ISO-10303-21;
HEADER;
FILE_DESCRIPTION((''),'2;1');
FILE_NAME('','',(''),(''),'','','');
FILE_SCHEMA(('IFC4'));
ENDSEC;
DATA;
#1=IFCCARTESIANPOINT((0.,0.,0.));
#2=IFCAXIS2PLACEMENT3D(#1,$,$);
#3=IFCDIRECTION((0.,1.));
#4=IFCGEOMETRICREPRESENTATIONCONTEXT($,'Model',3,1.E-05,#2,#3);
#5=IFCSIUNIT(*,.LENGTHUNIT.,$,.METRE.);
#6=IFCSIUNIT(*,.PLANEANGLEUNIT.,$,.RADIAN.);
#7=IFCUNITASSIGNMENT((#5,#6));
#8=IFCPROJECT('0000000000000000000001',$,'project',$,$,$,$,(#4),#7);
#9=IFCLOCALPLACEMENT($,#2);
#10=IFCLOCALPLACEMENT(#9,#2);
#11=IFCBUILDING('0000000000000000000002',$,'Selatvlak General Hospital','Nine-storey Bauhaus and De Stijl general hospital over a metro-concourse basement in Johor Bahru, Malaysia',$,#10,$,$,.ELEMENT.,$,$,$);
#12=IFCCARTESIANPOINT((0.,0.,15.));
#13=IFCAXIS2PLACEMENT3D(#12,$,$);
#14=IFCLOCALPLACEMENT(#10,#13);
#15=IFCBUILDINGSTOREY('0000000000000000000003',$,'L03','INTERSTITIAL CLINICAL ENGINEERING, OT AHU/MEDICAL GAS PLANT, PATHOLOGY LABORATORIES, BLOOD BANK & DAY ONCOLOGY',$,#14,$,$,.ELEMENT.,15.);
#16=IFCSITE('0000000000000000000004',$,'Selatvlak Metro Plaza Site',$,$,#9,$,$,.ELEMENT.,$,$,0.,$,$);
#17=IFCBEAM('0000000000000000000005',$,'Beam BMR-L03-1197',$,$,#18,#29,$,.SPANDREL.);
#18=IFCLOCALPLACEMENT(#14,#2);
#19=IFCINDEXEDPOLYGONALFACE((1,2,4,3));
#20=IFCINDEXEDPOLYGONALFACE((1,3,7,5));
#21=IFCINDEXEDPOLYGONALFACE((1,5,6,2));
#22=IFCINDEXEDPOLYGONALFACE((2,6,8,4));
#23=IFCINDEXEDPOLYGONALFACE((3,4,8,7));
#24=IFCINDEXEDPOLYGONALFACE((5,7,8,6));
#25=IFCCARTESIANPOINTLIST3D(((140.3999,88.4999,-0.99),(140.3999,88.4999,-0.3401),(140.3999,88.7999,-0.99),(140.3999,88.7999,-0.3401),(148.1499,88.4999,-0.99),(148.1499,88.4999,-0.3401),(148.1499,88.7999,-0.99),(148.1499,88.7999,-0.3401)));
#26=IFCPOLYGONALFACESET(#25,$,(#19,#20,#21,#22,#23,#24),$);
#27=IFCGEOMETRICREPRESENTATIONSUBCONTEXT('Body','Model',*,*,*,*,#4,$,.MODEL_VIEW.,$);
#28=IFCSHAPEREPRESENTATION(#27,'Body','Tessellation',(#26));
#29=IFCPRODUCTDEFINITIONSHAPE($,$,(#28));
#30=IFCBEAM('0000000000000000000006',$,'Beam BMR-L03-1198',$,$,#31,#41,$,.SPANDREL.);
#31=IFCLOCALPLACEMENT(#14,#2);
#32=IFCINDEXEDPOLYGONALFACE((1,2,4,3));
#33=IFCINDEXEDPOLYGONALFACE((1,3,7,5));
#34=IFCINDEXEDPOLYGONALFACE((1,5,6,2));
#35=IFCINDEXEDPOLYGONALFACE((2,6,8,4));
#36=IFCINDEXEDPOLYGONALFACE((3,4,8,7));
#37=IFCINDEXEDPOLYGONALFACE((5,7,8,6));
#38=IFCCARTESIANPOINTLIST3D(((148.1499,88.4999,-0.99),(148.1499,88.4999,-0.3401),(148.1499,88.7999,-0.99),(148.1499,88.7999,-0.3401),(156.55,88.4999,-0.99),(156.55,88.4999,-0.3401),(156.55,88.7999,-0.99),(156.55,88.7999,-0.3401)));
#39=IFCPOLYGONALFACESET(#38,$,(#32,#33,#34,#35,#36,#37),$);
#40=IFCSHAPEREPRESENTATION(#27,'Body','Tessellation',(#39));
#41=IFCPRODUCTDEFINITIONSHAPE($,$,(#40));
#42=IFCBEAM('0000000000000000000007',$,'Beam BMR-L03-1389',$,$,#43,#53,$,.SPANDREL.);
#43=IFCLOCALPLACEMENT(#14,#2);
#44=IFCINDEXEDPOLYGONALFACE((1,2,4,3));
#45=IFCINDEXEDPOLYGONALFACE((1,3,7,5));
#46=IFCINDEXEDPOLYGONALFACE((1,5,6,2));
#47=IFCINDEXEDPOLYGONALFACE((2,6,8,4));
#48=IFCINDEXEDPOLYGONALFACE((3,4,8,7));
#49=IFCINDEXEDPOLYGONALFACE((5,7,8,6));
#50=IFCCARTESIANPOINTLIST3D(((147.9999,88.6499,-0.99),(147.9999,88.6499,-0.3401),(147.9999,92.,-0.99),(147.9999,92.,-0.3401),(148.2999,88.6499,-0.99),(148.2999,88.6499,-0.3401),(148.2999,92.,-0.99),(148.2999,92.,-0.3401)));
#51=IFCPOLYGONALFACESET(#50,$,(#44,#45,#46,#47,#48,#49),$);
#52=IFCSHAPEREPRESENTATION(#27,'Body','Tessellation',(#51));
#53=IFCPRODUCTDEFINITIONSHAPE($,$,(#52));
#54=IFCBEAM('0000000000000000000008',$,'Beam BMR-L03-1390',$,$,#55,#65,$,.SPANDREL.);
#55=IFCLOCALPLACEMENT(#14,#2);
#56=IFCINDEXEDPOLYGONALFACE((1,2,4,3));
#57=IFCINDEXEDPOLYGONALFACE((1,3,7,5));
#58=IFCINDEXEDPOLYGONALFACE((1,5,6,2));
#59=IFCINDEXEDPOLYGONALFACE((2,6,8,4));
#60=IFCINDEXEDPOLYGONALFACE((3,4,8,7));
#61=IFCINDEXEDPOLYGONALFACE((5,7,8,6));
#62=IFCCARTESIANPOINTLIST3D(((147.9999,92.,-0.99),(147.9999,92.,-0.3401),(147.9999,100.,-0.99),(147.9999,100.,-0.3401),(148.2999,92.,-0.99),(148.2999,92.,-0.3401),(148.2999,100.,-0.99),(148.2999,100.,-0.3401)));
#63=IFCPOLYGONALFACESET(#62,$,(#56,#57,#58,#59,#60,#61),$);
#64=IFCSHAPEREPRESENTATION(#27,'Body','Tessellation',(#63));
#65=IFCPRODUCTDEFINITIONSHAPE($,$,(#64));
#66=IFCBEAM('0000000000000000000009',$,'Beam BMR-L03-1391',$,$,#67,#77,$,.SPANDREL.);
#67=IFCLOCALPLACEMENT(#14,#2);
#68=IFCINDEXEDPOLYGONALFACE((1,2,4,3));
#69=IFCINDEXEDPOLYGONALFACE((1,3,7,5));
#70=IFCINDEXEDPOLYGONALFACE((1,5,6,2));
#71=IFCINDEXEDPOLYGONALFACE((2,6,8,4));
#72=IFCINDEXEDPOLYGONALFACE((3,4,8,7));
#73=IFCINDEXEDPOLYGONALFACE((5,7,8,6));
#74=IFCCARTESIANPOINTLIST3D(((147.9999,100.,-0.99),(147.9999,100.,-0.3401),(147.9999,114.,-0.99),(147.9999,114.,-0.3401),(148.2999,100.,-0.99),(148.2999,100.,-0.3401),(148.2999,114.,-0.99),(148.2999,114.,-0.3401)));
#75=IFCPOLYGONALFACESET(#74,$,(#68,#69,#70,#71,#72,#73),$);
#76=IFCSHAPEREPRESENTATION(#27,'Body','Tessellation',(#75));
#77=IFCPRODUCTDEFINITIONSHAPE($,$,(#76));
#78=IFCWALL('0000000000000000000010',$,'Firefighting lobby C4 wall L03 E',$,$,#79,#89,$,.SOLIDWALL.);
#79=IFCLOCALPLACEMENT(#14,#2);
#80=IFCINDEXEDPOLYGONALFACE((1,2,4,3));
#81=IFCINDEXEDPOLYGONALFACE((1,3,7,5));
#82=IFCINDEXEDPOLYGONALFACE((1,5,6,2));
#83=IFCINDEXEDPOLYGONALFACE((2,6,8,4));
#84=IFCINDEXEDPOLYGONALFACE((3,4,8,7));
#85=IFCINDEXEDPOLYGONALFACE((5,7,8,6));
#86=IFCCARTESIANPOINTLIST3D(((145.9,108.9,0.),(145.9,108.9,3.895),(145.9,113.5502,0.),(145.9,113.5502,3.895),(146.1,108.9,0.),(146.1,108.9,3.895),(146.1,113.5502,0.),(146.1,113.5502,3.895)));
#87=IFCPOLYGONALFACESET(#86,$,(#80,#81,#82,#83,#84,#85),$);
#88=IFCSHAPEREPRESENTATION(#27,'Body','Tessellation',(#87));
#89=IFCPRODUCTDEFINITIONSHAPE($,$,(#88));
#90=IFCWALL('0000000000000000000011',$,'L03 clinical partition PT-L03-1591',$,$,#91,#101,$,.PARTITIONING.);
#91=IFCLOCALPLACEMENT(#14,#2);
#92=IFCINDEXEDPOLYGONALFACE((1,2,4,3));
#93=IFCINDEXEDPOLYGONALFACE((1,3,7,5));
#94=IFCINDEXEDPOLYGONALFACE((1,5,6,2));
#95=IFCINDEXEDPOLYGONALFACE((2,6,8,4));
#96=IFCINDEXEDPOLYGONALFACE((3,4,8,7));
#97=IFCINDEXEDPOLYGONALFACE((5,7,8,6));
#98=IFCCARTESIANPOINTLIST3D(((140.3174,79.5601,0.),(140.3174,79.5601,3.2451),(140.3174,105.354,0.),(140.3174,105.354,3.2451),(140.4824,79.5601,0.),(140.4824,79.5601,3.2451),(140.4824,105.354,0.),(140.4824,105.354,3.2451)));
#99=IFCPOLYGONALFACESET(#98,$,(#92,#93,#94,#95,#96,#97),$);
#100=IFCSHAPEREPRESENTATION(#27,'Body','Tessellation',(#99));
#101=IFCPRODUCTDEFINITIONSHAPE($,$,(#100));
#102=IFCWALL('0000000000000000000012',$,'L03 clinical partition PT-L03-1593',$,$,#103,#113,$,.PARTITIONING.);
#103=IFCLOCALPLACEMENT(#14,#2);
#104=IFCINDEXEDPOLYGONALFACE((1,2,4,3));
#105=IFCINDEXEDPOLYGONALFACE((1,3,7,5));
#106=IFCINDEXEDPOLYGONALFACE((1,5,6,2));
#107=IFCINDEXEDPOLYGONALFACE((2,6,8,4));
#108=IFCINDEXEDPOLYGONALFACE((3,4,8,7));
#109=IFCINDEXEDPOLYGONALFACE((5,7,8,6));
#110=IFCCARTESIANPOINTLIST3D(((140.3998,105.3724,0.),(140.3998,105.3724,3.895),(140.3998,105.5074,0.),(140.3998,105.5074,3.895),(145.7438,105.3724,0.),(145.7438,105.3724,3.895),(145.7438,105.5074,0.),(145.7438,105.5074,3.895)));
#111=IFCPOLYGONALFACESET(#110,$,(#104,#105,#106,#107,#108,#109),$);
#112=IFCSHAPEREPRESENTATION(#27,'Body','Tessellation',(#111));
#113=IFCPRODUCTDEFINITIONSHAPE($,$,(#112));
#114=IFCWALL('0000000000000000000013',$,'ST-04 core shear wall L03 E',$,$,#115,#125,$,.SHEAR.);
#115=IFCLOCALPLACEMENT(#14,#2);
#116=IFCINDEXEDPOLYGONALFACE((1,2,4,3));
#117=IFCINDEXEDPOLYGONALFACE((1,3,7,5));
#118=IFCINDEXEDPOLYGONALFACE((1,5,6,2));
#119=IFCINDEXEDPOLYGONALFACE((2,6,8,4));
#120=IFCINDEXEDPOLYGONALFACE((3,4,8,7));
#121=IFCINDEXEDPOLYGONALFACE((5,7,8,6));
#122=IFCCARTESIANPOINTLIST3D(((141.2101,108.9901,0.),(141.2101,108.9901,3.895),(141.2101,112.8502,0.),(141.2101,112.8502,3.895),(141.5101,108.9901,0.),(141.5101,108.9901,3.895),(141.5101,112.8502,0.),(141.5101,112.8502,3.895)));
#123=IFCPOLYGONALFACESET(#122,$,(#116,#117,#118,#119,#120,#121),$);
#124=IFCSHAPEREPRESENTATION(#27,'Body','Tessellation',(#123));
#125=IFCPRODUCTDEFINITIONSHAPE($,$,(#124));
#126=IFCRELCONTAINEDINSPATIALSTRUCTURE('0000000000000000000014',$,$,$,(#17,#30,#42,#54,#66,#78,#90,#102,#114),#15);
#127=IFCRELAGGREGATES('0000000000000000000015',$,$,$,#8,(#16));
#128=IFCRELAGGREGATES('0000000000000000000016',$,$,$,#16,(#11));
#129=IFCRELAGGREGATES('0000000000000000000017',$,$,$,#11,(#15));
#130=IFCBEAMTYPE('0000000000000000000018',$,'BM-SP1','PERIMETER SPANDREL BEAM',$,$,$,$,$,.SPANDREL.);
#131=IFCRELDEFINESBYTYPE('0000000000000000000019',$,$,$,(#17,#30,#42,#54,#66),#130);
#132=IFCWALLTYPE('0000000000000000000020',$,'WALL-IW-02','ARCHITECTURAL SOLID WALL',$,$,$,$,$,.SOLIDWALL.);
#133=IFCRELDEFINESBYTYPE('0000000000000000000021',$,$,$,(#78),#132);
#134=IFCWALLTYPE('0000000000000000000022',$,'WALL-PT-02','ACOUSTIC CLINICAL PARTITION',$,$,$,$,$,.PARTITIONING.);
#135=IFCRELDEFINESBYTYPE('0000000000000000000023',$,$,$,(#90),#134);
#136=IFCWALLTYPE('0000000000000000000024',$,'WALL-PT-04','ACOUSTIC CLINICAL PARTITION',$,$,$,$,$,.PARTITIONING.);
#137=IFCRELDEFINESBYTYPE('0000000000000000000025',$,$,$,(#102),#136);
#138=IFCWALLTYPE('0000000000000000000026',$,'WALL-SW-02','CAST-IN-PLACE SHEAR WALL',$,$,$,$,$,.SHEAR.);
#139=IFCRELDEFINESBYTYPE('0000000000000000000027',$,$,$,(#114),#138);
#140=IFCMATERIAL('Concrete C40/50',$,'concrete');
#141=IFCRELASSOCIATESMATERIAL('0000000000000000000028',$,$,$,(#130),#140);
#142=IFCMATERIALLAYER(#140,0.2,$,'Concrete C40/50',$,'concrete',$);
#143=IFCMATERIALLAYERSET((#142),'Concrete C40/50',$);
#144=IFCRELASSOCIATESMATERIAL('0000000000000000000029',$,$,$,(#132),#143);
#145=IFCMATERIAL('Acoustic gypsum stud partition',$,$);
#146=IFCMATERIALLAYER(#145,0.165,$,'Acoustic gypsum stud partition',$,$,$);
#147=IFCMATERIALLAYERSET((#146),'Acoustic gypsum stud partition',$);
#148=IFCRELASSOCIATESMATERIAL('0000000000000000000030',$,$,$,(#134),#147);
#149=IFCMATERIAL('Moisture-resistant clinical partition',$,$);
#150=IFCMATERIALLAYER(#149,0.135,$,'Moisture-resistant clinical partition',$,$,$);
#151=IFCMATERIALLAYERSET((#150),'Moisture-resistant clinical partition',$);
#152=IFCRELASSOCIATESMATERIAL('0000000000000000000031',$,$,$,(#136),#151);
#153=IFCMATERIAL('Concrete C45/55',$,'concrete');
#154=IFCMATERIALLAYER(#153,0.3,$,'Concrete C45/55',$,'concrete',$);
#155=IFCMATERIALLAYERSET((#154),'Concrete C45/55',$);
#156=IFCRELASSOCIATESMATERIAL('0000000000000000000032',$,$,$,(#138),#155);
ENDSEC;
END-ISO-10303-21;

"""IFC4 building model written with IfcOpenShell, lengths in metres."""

from ifc_helpers import new_model, si_unit, direction, frame, frame_2d, origin, origin_2d, place, context, subcontext, project, spatial, rectangle, extrude, material, layer, layer_set, material_profile, profile_set, type_object, element, save


model = new_model("IFC4")

# Units and contexts
model_context = context("Model", 3, precision=1e-05, world=origin(), true_north=direction((0.0, 1.0)))
body_context = subcontext(model_context, "Body", "Model", "MODEL_VIEW")
ifc_project = project(units=[si_unit("LENGTHUNIT", "METRE"), si_unit("PLANEANGLEUNIT", "RADIAN")], contexts=[model_context])

# Site, building, storey
site_placement = place(None, origin())
site = spatial("IfcSite", under=ifc_project, at=site_placement, Name="Selatvlak Metro Plaza Site", CompositionType="ELEMENT", RefElevation=0.0)
building_placement = place(site_placement, origin())
building = spatial("IfcBuilding", under=site, at=building_placement, Name="Selatvlak General Hospital", Description="Nine-storey Bauhaus and De Stijl general hospital over a metro-concourse basement in Johor Bahru, Malaysia", CompositionType="ELEMENT")
storey_placement = place(building_placement, frame((0.0, 0.0, 15.0)))
storey = spatial("IfcBuildingStorey", under=building, at=storey_placement, Name="L03", Description="INTERSTITIAL CLINICAL ENGINEERING, OT AHU/MEDICAL GAS PLANT, PATHOLOGY LABORATORIES, BLOOD BANK & DAY ONCOLOGY", CompositionType="ELEMENT", Elevation=15.0)

# Beams
ifc_material_1 = material(Name="Concrete C40/50", Category="concrete")
ifc_material_profile_1 = material_profile(ifc_material_1, rectangle(XDim=0.3, YDim=0.6499, at=origin_2d()), Name="RC-SP 300x650")
ifc_profile_set_1 = profile_set([ifc_material_profile_1], Name="Concrete C40/50")
beam_type_1 = type_object("IfcBeamType", Name="BM-SP1", Description="PERIMETER SPANDREL BEAM", PredefinedType="SPANDREL", material=ifc_profile_set_1)
beam_1_placement = place(storey_placement, frame((140.3999, 88.6499, -0.665), z_axis=(1.0, 0.0, 0.0), x_axis=(0.0, 1.0, 0.0)))
element("IfcBeam", 1, at=beam_1_placement, inside=storey, type_object=beam_type_1, Name="Beam BMR-L03-1197", PredefinedType="SPANDREL", context=body_context, shape_type="SweptSolid", body=[
    extrude(rectangle(XDim=0.3, YDim=0.6499, at=origin_2d()), origin(), (0.0, 0.0, 1.0), 7.75),
])
beam_2_placement = place(storey_placement, frame((148.1499, 88.6499, -0.665), z_axis=(1.0, 0.0, 0.0), x_axis=(0.0, 1.0, 0.0)))
element("IfcBeam", 2, at=beam_2_placement, inside=storey, type_object=beam_type_1, Name="Beam BMR-L03-1198", PredefinedType="SPANDREL", context=body_context, shape_type="SweptSolid", body=[
    extrude(rectangle(XDim=0.3, YDim=0.6499, at=origin_2d()), origin(), (0.0, 0.0, 1.0), 8.4001),
])
beam_3_placement = place(storey_placement, frame((148.1499, 88.6499, -0.665), z_axis=(0.0, 1.0, 0.0), x_axis=(-1.0, 0.0, 0.0)))
element("IfcBeam", 3, at=beam_3_placement, inside=storey, type_object=beam_type_1, Name="Beam BMR-L03-1389", PredefinedType="SPANDREL", context=body_context, shape_type="SweptSolid", body=[
    extrude(rectangle(XDim=0.3, YDim=0.6499, at=origin_2d()), origin(), (0.0, 0.0, 1.0), 3.3501),
])
beam_4_placement = place(storey_placement, frame((148.1499, 92.0, -0.665), z_axis=(0.0, 1.0, 0.0), x_axis=(-1.0, 0.0, 0.0)))
element("IfcBeam", 4, at=beam_4_placement, inside=storey, type_object=beam_type_1, Name="Beam BMR-L03-1390", PredefinedType="SPANDREL", context=body_context, shape_type="SweptSolid", body=[
    extrude(rectangle(XDim=0.3, YDim=0.6499, at=origin_2d()), origin(), (0.0, 0.0, 1.0), 8.0),
])
beam_5_placement = place(storey_placement, frame((148.1499, 100.0, -0.665), z_axis=(0.0, 1.0, 0.0), x_axis=(-1.0, 0.0, 0.0)))
element("IfcBeam", 5, at=beam_5_placement, inside=storey, type_object=beam_type_1, Name="Beam BMR-L03-1391", PredefinedType="SPANDREL", context=body_context, shape_type="SweptSolid", body=[
    extrude(rectangle(XDim=0.3, YDim=0.6499, at=origin_2d()), origin(), (0.0, 0.0, 1.0), 14.0),
])

# Shared definitions
ifc_layer_1 = layer(ifc_material_1, 0.2, Name="Concrete C40/50", Category="concrete")
ifc_layer_set_1 = layer_set([ifc_layer_1], Name="Concrete C40/50")
wall_type_1 = type_object("IfcWallType", Name="WALL-IW-02", Description="ARCHITECTURAL SOLID WALL", PredefinedType="SOLIDWALL", material=ifc_layer_set_1)

# Walls
wall_1_placement = place(storey_placement, frame((146.0, 108.8999, 0.0), z_axis=(0.0, 0.0, 1.0), x_axis=(0.0, 1.0, 0.0)))
element("IfcWall", 6, at=wall_1_placement, inside=storey, type_object=wall_type_1, Name="Firefighting lobby C4 wall L03 E", PredefinedType="SOLIDWALL", context=body_context, shape_type="SweptSolid", body=[
    extrude(rectangle(XDim=4.6501, YDim=0.2, at=frame_2d((2.3252, 0.0))), origin(), (0.0, 0.0, 1.0), 3.895),
])
ifc_material_2 = material(Name="Acoustic gypsum stud partition")
ifc_layer_2 = layer(ifc_material_2, 0.165, Name="Acoustic gypsum stud partition")
ifc_layer_set_2 = layer_set([ifc_layer_2], Name="Acoustic gypsum stud partition")
wall_type_2 = type_object("IfcWallType", Name="WALL-PT-02", Description="ACOUSTIC CLINICAL PARTITION", PredefinedType="PARTITIONING", material=ifc_layer_set_2)
wall_2_placement = place(storey_placement, frame((140.3999, 105.354, 0.0), z_axis=(0.0, 0.0, 1.0), x_axis=(0.0, -1.0, 0.0)))
element("IfcWall", 7, at=wall_2_placement, inside=storey, type_object=wall_type_2, Name="L03 clinical partition PT-L03-1591", PredefinedType="PARTITIONING", context=body_context, shape_type="SweptSolid", body=[
    extrude(rectangle(XDim=25.7939, YDim=0.165, at=frame_2d((12.897, 0.0))), origin(), (0.0, 0.0, 1.0), 3.2451),
])
ifc_material_3 = material(Name="Moisture-resistant clinical partition")
ifc_layer_3 = layer(ifc_material_3, 0.135, Name="Moisture-resistant clinical partition")
ifc_layer_set_3 = layer_set([ifc_layer_3], Name="Moisture-resistant clinical partition")
wall_type_3 = type_object("IfcWallType", Name="WALL-PT-04", Description="ACOUSTIC CLINICAL PARTITION", PredefinedType="PARTITIONING", material=ifc_layer_set_3)
wall_3_placement = place(storey_placement, frame((140.3999, 105.4399, 0.0), z_axis=(0.0, 0.0, 1.0), x_axis=(1.0, 0.0, 0.0)))
element("IfcWall", 8, at=wall_3_placement, inside=storey, type_object=wall_type_3, Name="L03 clinical partition PT-L03-1593", PredefinedType="PARTITIONING", context=body_context, shape_type="SweptSolid", body=[
    extrude(rectangle(XDim=5.344, YDim=0.135, at=frame_2d((2.6719, 0.0))), origin(), (0.0, 0.0, 1.0), 3.895),
])
ifc_material_4 = material(Name="Concrete C45/55", Category="concrete")
ifc_layer_4 = layer(ifc_material_4, 0.3, Name="Concrete C45/55", Category="concrete")
ifc_layer_set_4 = layer_set([ifc_layer_4], Name="Concrete C45/55")
wall_type_4 = type_object("IfcWallType", Name="WALL-SW-02", Description="CAST-IN-PLACE SHEAR WALL", PredefinedType="SHEAR", material=ifc_layer_set_4)
wall_4_placement = place(storey_placement, frame((141.3601, 108.99, 0.0), z_axis=(0.0, 0.0, 1.0), x_axis=(0.0, 1.0, 0.0)))
element("IfcWall", 9, at=wall_4_placement, inside=storey, type_object=wall_type_4, Name="ST-04 core shear wall L03 E", PredefinedType="SHEAR", context=body_context, shape_type="SweptSolid", body=[
    extrude(rectangle(XDim=3.8601, YDim=0.3, at=frame_2d((1.9302, 0.0))), origin(), (0.0, 0.0, 1.0), 3.895),
])

save(model, "model.ifc")
